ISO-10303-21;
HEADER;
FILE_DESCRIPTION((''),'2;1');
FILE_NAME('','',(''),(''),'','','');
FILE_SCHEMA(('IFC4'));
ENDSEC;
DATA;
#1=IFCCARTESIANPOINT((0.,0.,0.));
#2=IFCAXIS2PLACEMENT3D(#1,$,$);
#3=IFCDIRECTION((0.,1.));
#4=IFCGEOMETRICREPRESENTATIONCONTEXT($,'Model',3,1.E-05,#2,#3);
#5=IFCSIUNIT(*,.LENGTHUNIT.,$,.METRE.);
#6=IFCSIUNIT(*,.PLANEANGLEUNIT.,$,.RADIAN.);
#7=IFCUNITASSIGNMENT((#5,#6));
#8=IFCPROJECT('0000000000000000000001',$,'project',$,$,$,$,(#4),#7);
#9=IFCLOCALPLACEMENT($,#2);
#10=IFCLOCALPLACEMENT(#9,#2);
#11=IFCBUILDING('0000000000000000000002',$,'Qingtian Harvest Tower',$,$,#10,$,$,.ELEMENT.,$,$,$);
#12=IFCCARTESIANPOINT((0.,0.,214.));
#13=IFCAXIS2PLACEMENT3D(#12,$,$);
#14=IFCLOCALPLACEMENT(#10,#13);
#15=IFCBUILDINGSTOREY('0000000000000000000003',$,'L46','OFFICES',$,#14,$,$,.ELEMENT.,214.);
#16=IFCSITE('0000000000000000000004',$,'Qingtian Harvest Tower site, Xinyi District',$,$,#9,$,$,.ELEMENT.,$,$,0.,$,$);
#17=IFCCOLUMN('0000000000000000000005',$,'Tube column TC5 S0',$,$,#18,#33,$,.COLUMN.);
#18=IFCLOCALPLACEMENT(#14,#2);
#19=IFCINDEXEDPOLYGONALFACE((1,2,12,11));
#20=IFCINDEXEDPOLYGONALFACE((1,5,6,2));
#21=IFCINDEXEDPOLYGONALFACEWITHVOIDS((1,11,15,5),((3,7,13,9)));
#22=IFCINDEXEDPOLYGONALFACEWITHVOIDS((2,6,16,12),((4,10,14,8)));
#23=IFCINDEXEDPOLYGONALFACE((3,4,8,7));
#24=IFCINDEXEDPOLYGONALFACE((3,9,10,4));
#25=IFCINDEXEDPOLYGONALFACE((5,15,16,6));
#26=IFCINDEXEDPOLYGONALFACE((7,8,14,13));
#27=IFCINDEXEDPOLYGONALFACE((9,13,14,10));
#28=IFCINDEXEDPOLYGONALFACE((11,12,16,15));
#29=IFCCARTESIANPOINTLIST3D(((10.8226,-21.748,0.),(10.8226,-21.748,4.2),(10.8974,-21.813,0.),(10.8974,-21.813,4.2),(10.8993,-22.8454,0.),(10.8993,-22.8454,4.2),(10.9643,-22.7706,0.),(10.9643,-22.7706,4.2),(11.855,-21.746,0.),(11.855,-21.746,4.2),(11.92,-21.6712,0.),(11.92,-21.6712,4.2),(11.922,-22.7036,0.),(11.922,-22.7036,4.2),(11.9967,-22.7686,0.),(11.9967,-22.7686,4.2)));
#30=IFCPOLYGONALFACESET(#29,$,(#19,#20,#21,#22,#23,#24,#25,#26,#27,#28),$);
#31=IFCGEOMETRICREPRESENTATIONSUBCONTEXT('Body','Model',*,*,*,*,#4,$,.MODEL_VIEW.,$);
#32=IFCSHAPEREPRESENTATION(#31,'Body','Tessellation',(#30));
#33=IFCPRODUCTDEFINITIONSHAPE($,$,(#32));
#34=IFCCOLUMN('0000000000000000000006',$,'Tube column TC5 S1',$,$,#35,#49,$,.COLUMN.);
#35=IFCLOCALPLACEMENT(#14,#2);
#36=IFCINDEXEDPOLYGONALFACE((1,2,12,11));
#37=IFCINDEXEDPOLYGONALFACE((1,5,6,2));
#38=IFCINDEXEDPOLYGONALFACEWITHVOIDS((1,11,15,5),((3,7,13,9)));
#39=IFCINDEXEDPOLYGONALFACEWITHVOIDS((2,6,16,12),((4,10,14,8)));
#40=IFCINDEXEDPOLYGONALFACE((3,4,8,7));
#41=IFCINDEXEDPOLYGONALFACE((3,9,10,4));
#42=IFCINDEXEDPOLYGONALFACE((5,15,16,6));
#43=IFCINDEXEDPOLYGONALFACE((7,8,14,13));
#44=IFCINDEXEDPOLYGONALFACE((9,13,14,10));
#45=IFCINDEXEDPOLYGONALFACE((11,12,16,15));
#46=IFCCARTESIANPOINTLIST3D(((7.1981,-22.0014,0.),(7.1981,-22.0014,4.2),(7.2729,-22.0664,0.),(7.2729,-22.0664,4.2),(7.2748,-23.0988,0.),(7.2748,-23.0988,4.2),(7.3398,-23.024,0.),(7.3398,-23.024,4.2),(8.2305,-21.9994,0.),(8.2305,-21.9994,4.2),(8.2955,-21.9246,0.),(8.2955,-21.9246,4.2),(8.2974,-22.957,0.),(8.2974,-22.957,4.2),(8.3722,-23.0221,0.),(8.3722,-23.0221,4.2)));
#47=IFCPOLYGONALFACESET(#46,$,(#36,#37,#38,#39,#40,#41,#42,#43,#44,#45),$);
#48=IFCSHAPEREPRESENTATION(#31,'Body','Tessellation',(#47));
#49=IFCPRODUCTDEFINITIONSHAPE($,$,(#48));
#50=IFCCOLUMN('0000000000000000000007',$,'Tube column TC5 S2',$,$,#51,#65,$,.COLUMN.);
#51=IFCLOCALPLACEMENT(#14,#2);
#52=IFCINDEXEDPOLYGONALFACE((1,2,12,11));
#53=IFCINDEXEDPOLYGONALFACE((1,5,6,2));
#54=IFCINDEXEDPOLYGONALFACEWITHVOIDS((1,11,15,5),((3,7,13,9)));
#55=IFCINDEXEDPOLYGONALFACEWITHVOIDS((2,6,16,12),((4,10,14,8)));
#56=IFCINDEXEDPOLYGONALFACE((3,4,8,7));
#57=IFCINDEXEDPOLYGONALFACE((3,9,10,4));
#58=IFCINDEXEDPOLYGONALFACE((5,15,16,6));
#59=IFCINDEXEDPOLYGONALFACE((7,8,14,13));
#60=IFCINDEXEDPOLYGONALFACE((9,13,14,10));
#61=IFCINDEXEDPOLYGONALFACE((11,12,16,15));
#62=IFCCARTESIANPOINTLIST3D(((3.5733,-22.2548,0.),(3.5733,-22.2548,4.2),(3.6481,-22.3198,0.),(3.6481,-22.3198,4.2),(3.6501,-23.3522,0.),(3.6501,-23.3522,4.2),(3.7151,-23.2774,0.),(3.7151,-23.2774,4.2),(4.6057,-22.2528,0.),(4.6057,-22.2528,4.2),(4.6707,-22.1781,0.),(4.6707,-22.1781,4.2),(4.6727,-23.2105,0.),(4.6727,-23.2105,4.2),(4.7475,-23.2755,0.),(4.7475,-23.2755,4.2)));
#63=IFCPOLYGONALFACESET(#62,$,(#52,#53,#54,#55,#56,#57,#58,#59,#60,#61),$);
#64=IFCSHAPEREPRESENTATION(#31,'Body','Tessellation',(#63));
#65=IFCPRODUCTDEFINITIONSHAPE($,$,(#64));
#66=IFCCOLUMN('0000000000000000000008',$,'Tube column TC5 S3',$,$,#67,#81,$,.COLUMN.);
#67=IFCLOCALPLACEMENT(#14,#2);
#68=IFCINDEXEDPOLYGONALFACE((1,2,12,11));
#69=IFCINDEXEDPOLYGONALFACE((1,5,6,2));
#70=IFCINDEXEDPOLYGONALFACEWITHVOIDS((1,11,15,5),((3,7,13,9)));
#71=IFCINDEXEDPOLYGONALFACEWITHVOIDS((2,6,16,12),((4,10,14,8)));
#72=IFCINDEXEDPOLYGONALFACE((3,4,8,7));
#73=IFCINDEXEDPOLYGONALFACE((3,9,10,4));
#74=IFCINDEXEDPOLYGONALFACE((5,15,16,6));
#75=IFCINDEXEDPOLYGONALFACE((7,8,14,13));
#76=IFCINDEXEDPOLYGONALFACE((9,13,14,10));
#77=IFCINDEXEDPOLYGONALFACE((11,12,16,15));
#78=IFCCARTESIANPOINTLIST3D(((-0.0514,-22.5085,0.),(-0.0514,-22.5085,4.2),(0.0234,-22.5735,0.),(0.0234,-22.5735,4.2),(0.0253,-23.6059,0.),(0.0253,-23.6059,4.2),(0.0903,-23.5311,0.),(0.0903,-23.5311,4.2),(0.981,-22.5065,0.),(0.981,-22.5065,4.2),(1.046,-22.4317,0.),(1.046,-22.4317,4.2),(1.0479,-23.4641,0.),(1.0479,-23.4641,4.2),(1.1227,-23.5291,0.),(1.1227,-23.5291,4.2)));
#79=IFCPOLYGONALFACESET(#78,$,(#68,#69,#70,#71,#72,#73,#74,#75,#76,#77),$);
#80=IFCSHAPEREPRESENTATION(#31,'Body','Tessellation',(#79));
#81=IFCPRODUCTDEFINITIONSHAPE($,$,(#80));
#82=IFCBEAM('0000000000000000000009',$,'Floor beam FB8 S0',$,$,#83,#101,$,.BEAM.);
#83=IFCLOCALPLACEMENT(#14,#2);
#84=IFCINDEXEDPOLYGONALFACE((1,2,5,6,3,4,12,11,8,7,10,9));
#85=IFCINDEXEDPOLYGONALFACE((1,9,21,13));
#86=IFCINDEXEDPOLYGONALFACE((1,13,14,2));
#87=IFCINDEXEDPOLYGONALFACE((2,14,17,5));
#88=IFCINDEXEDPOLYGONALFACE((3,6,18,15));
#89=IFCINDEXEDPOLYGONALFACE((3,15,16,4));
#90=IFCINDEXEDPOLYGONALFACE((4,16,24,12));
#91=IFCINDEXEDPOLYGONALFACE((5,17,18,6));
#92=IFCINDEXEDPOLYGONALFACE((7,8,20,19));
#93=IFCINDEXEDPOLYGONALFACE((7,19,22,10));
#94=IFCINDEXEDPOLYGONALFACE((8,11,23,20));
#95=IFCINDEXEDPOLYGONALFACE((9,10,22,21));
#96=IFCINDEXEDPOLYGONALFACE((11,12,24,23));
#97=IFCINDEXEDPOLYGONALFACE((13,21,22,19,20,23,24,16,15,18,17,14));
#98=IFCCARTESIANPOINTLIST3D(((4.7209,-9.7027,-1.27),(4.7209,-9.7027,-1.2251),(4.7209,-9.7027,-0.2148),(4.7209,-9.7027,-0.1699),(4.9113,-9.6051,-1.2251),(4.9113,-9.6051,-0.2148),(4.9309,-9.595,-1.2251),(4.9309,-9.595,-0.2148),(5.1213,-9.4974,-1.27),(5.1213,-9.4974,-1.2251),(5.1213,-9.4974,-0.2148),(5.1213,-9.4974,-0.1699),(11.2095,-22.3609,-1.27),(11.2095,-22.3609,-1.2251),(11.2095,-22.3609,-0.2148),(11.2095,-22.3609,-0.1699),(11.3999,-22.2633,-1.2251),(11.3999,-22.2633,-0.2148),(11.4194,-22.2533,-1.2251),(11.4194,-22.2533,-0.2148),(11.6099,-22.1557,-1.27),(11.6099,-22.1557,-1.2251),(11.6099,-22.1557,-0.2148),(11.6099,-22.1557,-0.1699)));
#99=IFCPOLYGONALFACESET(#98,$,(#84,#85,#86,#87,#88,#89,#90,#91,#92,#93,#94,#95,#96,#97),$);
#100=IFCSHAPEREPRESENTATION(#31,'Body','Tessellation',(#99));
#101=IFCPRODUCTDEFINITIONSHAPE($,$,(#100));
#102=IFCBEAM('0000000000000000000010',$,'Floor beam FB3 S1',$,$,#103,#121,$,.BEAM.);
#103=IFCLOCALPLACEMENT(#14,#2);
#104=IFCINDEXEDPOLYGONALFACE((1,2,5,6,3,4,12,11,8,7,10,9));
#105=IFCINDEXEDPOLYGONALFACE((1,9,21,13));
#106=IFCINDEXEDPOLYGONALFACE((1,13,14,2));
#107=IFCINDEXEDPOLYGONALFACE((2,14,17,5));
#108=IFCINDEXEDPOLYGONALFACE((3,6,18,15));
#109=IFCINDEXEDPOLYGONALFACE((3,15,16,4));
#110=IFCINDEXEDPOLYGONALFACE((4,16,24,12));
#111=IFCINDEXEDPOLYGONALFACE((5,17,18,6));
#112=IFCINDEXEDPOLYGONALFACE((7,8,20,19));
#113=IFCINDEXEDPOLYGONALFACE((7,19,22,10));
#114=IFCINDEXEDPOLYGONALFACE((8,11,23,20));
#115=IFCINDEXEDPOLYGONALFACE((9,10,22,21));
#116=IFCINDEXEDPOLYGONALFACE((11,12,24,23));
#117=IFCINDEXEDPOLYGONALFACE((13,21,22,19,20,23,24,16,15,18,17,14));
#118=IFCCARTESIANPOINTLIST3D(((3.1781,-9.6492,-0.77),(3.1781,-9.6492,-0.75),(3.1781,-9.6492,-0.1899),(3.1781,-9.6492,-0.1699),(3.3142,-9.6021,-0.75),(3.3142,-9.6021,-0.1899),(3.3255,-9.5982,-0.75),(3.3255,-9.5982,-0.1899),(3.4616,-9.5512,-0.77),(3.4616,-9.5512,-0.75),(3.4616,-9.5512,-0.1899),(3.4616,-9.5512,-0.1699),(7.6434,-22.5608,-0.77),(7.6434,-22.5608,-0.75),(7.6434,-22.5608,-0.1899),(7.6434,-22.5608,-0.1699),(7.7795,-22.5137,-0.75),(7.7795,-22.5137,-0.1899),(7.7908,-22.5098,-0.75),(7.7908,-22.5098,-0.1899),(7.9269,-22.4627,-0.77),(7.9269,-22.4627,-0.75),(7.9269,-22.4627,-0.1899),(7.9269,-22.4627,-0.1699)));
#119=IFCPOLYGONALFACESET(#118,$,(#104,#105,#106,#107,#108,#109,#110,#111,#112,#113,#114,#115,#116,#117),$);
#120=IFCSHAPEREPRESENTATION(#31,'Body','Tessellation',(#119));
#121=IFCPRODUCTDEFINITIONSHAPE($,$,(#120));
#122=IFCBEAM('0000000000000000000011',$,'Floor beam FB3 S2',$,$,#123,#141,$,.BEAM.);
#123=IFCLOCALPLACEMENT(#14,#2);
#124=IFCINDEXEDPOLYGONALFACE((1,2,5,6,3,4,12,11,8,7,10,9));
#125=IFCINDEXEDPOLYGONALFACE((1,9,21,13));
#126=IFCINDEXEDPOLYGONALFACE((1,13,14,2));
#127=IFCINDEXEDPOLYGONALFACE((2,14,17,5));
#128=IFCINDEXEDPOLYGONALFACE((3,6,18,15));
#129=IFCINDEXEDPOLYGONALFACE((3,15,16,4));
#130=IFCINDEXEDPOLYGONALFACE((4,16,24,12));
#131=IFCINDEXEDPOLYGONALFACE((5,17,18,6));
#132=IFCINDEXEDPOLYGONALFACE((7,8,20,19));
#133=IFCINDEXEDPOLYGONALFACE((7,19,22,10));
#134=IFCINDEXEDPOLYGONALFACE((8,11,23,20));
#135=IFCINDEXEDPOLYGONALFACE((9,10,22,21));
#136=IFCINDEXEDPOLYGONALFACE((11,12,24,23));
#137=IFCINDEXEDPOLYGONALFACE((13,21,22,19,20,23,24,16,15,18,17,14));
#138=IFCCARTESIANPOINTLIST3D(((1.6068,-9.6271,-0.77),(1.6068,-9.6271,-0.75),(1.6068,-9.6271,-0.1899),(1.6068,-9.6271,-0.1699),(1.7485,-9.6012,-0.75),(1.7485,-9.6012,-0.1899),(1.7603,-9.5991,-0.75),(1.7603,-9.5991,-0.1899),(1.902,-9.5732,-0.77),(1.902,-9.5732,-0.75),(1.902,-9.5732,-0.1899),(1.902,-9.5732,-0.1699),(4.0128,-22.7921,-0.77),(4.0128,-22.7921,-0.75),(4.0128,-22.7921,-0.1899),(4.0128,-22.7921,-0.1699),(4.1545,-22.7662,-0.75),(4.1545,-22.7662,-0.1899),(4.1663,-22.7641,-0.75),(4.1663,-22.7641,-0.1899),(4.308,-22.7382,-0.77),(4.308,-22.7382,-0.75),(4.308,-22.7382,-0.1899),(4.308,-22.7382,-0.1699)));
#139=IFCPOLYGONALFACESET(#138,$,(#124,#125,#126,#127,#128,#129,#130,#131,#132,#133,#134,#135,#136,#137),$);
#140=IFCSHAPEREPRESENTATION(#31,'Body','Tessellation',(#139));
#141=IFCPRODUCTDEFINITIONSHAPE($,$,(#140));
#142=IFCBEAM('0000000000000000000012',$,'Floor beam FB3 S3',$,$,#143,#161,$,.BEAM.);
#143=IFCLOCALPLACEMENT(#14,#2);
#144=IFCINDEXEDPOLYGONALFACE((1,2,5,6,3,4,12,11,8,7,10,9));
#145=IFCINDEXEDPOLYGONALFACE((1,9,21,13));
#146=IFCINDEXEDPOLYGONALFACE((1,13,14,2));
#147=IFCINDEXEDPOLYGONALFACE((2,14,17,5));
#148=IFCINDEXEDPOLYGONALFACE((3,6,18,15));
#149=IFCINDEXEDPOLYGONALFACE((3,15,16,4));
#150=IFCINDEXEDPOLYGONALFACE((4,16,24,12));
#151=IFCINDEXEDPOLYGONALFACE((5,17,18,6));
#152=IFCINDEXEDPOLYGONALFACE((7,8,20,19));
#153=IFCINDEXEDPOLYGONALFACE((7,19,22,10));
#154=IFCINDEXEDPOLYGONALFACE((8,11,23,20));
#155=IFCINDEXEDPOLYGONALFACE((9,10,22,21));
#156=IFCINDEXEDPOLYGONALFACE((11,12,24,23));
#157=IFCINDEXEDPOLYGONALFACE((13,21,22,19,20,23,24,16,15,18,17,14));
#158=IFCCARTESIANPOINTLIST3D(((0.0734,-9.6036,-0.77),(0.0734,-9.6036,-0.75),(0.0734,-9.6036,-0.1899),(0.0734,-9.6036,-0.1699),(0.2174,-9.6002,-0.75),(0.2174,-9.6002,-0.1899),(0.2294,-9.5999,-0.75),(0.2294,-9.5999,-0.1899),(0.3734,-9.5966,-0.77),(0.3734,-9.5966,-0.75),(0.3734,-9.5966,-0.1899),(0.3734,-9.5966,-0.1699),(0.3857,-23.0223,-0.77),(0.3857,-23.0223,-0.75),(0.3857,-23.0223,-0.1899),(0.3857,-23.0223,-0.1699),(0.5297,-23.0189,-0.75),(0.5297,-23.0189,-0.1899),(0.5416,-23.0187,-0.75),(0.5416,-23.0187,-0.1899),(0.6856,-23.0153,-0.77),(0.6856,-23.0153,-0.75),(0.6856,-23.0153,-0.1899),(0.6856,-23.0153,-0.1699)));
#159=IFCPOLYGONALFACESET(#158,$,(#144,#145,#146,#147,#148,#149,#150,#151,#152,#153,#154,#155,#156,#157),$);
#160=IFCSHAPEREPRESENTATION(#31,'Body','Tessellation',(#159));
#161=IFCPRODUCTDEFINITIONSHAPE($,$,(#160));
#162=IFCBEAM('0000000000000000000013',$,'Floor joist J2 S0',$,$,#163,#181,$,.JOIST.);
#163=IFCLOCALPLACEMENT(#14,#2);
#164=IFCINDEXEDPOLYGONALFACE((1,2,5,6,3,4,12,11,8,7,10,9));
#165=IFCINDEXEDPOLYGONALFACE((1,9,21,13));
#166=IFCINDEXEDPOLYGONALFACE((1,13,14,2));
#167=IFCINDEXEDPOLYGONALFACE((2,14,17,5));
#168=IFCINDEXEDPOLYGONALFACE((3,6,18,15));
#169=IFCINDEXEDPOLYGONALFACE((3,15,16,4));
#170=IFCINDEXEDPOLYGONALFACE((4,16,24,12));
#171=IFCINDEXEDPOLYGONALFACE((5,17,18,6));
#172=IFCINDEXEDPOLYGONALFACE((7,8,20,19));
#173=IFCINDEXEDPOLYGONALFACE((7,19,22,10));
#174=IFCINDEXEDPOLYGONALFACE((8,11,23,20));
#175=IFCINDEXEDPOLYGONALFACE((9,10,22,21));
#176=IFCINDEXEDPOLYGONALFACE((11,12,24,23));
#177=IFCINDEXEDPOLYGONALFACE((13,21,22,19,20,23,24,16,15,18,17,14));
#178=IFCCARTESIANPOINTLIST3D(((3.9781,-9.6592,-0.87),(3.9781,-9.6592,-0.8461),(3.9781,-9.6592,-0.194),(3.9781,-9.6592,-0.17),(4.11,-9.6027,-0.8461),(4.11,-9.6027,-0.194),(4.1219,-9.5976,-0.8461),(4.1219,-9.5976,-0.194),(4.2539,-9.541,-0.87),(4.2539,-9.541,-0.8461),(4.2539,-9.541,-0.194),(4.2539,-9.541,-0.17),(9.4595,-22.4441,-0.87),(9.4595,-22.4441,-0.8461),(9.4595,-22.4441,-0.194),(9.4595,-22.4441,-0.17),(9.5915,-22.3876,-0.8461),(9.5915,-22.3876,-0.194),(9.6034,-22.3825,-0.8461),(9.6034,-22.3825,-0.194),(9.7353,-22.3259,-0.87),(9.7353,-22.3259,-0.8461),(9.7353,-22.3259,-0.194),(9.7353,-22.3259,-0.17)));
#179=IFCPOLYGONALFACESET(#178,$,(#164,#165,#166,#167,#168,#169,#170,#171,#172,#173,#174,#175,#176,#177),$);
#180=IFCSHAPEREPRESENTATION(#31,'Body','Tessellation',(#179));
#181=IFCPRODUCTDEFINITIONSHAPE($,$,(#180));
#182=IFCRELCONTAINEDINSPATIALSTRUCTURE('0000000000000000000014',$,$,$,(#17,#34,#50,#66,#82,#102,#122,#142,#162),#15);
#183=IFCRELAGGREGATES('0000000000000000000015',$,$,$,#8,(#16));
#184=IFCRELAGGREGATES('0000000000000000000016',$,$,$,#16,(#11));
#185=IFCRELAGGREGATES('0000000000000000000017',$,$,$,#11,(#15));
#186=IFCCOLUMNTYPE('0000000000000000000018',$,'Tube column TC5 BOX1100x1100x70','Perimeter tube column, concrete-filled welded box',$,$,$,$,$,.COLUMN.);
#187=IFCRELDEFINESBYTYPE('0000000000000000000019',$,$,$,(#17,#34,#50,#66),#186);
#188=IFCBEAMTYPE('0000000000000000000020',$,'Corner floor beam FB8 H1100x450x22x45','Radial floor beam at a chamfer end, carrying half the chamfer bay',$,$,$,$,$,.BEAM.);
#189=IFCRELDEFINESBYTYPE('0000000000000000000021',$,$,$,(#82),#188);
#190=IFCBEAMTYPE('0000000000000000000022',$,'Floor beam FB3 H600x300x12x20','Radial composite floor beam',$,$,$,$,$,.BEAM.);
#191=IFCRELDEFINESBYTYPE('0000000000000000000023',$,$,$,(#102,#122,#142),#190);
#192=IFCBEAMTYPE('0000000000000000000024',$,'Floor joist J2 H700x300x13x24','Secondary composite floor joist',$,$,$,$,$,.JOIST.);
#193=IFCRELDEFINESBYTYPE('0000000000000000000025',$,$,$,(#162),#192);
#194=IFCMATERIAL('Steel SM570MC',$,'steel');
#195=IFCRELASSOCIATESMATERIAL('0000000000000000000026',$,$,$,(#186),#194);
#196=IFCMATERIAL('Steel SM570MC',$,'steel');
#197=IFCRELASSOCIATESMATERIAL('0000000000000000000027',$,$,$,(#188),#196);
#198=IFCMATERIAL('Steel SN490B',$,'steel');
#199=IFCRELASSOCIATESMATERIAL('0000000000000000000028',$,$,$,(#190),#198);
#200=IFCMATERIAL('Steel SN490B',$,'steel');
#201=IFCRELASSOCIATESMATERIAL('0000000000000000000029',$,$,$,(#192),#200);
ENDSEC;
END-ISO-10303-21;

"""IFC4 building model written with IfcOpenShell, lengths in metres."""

from ifc_helpers import new_model, si_unit, direction, frame, origin, origin_2d, place, context, subcontext, project, spatial, hollow_rectangle, i_section, extrude, material, material_profile, profile_set, type_object, element, save


model = new_model("IFC4")

# Units and contexts
model_context = context("Model", 3, precision=1e-05, world=origin(), true_north=direction((0.0, 1.0)))
body_context = subcontext(model_context, "Body", "Model", "MODEL_VIEW")
ifc_project = project(units=[si_unit("LENGTHUNIT", "METRE"), si_unit("PLANEANGLEUNIT", "RADIAN")], contexts=[model_context])

# Site, building, storey
site_placement = place(None, origin())
site = spatial("IfcSite", under=ifc_project, at=site_placement, Name="Qingtian Harvest Tower site, Xinyi District", CompositionType="ELEMENT", RefElevation=0.0)
building_placement = place(site_placement, origin())
building = spatial("IfcBuilding", under=site, at=building_placement, Name="Qingtian Harvest Tower", CompositionType="ELEMENT")
storey_placement = place(building_placement, frame((0.0, 0.0, 214.0)))
storey = spatial("IfcBuildingStorey", under=building, at=storey_placement, Name="L46", Description="OFFICES", CompositionType="ELEMENT", Elevation=214.0)

# Columns
ifc_material_1 = material(Name="Steel SM570MC", Category="steel")
ifc_material_profile_1 = material_profile(ifc_material_1, hollow_rectangle(XDim=1.1001, YDim=1.1001, WallThickness=0.0701, at=origin_2d()), Name="BOX1100x1100x70")
ifc_profile_set_1 = profile_set([ifc_material_profile_1], Name="Steel SM570MC")
column_type = type_object("IfcColumnType", Name="Tube column TC5 BOX1100x1100x70", Description="Perimeter tube column, concrete-filled welded box", PredefinedType="COLUMN", material=ifc_profile_set_1)
for number, where, z_axis, x_axis, name in (
    (1, (11.4097, -22.2583, 0.0), (0.0, 0.0, 1.0), (0.997564, 0.069756, 0.0), "Tube column TC5 S0"),
    (2, (7.7852, -22.5117, 0.0), (0.0, 0.0, 1.0), (0.997564, 0.069756, 0.0), "Tube column TC5 S1"),
    (3, (4.1604, -22.7651, 0.0), (0.0, 0.0, 1.0), (0.997564, 0.069756, 0.0), "Tube column TC5 S2"),
    (4, (0.5356, -23.0188, 0.0), (0.0, 0.0, 1.0), (0.997564, 0.069756, 0.0), "Tube column TC5 S3"),
):
    element("IfcColumn", number, at=place(storey_placement, frame(where, z_axis=z_axis, x_axis=x_axis)), inside=storey, type_object=column_type, Name=name, PredefinedType="COLUMN", context=body_context, shape_type="SweptSolid", body=[
        extrude(hollow_rectangle(XDim=1.1001, YDim=1.1001, WallThickness=0.0701, at=origin_2d()), origin(), (0.0, 0.0, 1.0), 4.2),
    ])

# Beams
ifc_material_2 = material(Name="Steel SM570MC", Category="steel")
ifc_material_profile_2 = material_profile(ifc_material_2, i_section(OverallWidth=0.45, OverallDepth=1.1001, WebThickness=0.022, FlangeThickness=0.0449, at=origin_2d()), Name="H1100x450x22x45")
ifc_profile_set_2 = profile_set([ifc_material_profile_2], Name="Steel SM570MC")
beam_type_1 = type_object("IfcBeamType", Name="Corner floor beam FB8 H1100x450x22x45", Description="Radial floor beam at a chamfer end, carrying half the chamfer bay", PredefinedType="BEAM", material=ifc_profile_set_2)
beam_1_placement = place(storey_placement, frame((11.4097, -22.2583, -0.72), z_axis=(-0.456157, 0.889899, 0.0), x_axis=(-0.889899, -0.456157, 0.0)))
element("IfcBeam", 5, at=beam_1_placement, inside=storey, type_object=beam_type_1, Name="Floor beam FB8 S0", PredefinedType="BEAM", context=body_context, shape_type="SweptSolid", body=[
    extrude(i_section(OverallWidth=0.45, OverallDepth=1.1001, WebThickness=0.022, FlangeThickness=0.0449, at=origin_2d()), origin(), (0.0, 0.0, 1.0), 14.2244),
])
ifc_material_3 = material(Name="Steel SN490B", Category="steel")
ifc_material_profile_3 = material_profile(ifc_material_3, i_section(OverallWidth=0.3, OverallDepth=0.6001, WebThickness=0.012, FlangeThickness=0.02, at=origin_2d()), Name="H600x300x12x20")
ifc_profile_set_3 = profile_set([ifc_material_profile_3], Name="Steel SN490B")
beam_type_2 = type_object("IfcBeamType", Name="Floor beam FB3 H600x300x12x20", Description="Radial composite floor beam", PredefinedType="BEAM", material=ifc_profile_set_3)
beam_2_placement = place(storey_placement, frame((7.7852, -22.5117, -0.47), z_axis=(-0.326844, 0.945078, 0.0), x_axis=(-0.945078, -0.326844, 0.0)))
element("IfcBeam", 6, at=beam_2_placement, inside=storey, type_object=beam_type_2, Name="Floor beam FB3 S1", PredefinedType="BEAM", context=body_context, shape_type="SweptSolid", body=[
    extrude(i_section(OverallWidth=0.3, OverallDepth=0.6001, WebThickness=0.012, FlangeThickness=0.02, at=origin_2d()), origin(), (0.0, 0.0, 1.0), 13.6619),
])
beam_3_placement = place(storey_placement, frame((4.1604, -22.7651, -0.47), z_axis=(-0.17978, 0.983707, 0.0), x_axis=(-0.983707, -0.17978, 0.0)))
element("IfcBeam", 7, at=beam_3_placement, inside=storey, type_object=beam_type_2, Name="Floor beam FB3 S2", PredefinedType="BEAM", context=body_context, shape_type="SweptSolid", body=[
    extrude(i_section(OverallWidth=0.3, OverallDepth=0.6001, WebThickness=0.012, FlangeThickness=0.02, at=origin_2d()), origin(), (0.0, 0.0, 1.0), 13.3831),
])
beam_4_placement = place(storey_placement, frame((0.5356, -23.0188, -0.47), z_axis=(-0.023264, 0.999729, 0.0), x_axis=(-0.999729, -0.023264, 0.0)))
element("IfcBeam", 8, at=beam_4_placement, inside=storey, type_object=beam_type_2, Name="Floor beam FB3 S3", PredefinedType="BEAM", context=body_context, shape_type="SweptSolid", body=[
    extrude(i_section(OverallWidth=0.3, OverallDepth=0.6001, WebThickness=0.012, FlangeThickness=0.02, at=origin_2d()), origin(), (0.0, 0.0, 1.0), 13.4224),
])
ifc_material_4 = material(Name="Steel SN490B", Category="steel")
ifc_material_profile_4 = material_profile(ifc_material_4, i_section(OverallWidth=0.3, OverallDepth=0.7, WebThickness=0.0129, FlangeThickness=0.0239, at=origin_2d()), Name="H700x300x13x24")
ifc_profile_set_4 = profile_set([ifc_material_profile_4], Name="Steel SN490B")
beam_type_3 = type_object("IfcBeamType", Name="Floor joist J2 H700x300x13x24", Description="Secondary composite floor joist", PredefinedType="JOIST", material=ifc_profile_set_4)
beam_5_placement = place(storey_placement, frame((9.5974, -22.385, -0.52), z_axis=(-0.394053, 0.919088, 0.0), x_axis=(-0.919088, -0.394053, 0.0)))
element("IfcBeam", 9, at=beam_5_placement, inside=storey, type_object=beam_type_3, Name="Floor joist J2 S0", PredefinedType="JOIST", context=body_context, shape_type="SweptSolid", body=[
    extrude(i_section(OverallWidth=0.3, OverallDepth=0.7, WebThickness=0.0129, FlangeThickness=0.0239, at=origin_2d()), origin(), (0.0, 0.0, 1.0), 13.9104),
])

save(model, "model.ifc")
